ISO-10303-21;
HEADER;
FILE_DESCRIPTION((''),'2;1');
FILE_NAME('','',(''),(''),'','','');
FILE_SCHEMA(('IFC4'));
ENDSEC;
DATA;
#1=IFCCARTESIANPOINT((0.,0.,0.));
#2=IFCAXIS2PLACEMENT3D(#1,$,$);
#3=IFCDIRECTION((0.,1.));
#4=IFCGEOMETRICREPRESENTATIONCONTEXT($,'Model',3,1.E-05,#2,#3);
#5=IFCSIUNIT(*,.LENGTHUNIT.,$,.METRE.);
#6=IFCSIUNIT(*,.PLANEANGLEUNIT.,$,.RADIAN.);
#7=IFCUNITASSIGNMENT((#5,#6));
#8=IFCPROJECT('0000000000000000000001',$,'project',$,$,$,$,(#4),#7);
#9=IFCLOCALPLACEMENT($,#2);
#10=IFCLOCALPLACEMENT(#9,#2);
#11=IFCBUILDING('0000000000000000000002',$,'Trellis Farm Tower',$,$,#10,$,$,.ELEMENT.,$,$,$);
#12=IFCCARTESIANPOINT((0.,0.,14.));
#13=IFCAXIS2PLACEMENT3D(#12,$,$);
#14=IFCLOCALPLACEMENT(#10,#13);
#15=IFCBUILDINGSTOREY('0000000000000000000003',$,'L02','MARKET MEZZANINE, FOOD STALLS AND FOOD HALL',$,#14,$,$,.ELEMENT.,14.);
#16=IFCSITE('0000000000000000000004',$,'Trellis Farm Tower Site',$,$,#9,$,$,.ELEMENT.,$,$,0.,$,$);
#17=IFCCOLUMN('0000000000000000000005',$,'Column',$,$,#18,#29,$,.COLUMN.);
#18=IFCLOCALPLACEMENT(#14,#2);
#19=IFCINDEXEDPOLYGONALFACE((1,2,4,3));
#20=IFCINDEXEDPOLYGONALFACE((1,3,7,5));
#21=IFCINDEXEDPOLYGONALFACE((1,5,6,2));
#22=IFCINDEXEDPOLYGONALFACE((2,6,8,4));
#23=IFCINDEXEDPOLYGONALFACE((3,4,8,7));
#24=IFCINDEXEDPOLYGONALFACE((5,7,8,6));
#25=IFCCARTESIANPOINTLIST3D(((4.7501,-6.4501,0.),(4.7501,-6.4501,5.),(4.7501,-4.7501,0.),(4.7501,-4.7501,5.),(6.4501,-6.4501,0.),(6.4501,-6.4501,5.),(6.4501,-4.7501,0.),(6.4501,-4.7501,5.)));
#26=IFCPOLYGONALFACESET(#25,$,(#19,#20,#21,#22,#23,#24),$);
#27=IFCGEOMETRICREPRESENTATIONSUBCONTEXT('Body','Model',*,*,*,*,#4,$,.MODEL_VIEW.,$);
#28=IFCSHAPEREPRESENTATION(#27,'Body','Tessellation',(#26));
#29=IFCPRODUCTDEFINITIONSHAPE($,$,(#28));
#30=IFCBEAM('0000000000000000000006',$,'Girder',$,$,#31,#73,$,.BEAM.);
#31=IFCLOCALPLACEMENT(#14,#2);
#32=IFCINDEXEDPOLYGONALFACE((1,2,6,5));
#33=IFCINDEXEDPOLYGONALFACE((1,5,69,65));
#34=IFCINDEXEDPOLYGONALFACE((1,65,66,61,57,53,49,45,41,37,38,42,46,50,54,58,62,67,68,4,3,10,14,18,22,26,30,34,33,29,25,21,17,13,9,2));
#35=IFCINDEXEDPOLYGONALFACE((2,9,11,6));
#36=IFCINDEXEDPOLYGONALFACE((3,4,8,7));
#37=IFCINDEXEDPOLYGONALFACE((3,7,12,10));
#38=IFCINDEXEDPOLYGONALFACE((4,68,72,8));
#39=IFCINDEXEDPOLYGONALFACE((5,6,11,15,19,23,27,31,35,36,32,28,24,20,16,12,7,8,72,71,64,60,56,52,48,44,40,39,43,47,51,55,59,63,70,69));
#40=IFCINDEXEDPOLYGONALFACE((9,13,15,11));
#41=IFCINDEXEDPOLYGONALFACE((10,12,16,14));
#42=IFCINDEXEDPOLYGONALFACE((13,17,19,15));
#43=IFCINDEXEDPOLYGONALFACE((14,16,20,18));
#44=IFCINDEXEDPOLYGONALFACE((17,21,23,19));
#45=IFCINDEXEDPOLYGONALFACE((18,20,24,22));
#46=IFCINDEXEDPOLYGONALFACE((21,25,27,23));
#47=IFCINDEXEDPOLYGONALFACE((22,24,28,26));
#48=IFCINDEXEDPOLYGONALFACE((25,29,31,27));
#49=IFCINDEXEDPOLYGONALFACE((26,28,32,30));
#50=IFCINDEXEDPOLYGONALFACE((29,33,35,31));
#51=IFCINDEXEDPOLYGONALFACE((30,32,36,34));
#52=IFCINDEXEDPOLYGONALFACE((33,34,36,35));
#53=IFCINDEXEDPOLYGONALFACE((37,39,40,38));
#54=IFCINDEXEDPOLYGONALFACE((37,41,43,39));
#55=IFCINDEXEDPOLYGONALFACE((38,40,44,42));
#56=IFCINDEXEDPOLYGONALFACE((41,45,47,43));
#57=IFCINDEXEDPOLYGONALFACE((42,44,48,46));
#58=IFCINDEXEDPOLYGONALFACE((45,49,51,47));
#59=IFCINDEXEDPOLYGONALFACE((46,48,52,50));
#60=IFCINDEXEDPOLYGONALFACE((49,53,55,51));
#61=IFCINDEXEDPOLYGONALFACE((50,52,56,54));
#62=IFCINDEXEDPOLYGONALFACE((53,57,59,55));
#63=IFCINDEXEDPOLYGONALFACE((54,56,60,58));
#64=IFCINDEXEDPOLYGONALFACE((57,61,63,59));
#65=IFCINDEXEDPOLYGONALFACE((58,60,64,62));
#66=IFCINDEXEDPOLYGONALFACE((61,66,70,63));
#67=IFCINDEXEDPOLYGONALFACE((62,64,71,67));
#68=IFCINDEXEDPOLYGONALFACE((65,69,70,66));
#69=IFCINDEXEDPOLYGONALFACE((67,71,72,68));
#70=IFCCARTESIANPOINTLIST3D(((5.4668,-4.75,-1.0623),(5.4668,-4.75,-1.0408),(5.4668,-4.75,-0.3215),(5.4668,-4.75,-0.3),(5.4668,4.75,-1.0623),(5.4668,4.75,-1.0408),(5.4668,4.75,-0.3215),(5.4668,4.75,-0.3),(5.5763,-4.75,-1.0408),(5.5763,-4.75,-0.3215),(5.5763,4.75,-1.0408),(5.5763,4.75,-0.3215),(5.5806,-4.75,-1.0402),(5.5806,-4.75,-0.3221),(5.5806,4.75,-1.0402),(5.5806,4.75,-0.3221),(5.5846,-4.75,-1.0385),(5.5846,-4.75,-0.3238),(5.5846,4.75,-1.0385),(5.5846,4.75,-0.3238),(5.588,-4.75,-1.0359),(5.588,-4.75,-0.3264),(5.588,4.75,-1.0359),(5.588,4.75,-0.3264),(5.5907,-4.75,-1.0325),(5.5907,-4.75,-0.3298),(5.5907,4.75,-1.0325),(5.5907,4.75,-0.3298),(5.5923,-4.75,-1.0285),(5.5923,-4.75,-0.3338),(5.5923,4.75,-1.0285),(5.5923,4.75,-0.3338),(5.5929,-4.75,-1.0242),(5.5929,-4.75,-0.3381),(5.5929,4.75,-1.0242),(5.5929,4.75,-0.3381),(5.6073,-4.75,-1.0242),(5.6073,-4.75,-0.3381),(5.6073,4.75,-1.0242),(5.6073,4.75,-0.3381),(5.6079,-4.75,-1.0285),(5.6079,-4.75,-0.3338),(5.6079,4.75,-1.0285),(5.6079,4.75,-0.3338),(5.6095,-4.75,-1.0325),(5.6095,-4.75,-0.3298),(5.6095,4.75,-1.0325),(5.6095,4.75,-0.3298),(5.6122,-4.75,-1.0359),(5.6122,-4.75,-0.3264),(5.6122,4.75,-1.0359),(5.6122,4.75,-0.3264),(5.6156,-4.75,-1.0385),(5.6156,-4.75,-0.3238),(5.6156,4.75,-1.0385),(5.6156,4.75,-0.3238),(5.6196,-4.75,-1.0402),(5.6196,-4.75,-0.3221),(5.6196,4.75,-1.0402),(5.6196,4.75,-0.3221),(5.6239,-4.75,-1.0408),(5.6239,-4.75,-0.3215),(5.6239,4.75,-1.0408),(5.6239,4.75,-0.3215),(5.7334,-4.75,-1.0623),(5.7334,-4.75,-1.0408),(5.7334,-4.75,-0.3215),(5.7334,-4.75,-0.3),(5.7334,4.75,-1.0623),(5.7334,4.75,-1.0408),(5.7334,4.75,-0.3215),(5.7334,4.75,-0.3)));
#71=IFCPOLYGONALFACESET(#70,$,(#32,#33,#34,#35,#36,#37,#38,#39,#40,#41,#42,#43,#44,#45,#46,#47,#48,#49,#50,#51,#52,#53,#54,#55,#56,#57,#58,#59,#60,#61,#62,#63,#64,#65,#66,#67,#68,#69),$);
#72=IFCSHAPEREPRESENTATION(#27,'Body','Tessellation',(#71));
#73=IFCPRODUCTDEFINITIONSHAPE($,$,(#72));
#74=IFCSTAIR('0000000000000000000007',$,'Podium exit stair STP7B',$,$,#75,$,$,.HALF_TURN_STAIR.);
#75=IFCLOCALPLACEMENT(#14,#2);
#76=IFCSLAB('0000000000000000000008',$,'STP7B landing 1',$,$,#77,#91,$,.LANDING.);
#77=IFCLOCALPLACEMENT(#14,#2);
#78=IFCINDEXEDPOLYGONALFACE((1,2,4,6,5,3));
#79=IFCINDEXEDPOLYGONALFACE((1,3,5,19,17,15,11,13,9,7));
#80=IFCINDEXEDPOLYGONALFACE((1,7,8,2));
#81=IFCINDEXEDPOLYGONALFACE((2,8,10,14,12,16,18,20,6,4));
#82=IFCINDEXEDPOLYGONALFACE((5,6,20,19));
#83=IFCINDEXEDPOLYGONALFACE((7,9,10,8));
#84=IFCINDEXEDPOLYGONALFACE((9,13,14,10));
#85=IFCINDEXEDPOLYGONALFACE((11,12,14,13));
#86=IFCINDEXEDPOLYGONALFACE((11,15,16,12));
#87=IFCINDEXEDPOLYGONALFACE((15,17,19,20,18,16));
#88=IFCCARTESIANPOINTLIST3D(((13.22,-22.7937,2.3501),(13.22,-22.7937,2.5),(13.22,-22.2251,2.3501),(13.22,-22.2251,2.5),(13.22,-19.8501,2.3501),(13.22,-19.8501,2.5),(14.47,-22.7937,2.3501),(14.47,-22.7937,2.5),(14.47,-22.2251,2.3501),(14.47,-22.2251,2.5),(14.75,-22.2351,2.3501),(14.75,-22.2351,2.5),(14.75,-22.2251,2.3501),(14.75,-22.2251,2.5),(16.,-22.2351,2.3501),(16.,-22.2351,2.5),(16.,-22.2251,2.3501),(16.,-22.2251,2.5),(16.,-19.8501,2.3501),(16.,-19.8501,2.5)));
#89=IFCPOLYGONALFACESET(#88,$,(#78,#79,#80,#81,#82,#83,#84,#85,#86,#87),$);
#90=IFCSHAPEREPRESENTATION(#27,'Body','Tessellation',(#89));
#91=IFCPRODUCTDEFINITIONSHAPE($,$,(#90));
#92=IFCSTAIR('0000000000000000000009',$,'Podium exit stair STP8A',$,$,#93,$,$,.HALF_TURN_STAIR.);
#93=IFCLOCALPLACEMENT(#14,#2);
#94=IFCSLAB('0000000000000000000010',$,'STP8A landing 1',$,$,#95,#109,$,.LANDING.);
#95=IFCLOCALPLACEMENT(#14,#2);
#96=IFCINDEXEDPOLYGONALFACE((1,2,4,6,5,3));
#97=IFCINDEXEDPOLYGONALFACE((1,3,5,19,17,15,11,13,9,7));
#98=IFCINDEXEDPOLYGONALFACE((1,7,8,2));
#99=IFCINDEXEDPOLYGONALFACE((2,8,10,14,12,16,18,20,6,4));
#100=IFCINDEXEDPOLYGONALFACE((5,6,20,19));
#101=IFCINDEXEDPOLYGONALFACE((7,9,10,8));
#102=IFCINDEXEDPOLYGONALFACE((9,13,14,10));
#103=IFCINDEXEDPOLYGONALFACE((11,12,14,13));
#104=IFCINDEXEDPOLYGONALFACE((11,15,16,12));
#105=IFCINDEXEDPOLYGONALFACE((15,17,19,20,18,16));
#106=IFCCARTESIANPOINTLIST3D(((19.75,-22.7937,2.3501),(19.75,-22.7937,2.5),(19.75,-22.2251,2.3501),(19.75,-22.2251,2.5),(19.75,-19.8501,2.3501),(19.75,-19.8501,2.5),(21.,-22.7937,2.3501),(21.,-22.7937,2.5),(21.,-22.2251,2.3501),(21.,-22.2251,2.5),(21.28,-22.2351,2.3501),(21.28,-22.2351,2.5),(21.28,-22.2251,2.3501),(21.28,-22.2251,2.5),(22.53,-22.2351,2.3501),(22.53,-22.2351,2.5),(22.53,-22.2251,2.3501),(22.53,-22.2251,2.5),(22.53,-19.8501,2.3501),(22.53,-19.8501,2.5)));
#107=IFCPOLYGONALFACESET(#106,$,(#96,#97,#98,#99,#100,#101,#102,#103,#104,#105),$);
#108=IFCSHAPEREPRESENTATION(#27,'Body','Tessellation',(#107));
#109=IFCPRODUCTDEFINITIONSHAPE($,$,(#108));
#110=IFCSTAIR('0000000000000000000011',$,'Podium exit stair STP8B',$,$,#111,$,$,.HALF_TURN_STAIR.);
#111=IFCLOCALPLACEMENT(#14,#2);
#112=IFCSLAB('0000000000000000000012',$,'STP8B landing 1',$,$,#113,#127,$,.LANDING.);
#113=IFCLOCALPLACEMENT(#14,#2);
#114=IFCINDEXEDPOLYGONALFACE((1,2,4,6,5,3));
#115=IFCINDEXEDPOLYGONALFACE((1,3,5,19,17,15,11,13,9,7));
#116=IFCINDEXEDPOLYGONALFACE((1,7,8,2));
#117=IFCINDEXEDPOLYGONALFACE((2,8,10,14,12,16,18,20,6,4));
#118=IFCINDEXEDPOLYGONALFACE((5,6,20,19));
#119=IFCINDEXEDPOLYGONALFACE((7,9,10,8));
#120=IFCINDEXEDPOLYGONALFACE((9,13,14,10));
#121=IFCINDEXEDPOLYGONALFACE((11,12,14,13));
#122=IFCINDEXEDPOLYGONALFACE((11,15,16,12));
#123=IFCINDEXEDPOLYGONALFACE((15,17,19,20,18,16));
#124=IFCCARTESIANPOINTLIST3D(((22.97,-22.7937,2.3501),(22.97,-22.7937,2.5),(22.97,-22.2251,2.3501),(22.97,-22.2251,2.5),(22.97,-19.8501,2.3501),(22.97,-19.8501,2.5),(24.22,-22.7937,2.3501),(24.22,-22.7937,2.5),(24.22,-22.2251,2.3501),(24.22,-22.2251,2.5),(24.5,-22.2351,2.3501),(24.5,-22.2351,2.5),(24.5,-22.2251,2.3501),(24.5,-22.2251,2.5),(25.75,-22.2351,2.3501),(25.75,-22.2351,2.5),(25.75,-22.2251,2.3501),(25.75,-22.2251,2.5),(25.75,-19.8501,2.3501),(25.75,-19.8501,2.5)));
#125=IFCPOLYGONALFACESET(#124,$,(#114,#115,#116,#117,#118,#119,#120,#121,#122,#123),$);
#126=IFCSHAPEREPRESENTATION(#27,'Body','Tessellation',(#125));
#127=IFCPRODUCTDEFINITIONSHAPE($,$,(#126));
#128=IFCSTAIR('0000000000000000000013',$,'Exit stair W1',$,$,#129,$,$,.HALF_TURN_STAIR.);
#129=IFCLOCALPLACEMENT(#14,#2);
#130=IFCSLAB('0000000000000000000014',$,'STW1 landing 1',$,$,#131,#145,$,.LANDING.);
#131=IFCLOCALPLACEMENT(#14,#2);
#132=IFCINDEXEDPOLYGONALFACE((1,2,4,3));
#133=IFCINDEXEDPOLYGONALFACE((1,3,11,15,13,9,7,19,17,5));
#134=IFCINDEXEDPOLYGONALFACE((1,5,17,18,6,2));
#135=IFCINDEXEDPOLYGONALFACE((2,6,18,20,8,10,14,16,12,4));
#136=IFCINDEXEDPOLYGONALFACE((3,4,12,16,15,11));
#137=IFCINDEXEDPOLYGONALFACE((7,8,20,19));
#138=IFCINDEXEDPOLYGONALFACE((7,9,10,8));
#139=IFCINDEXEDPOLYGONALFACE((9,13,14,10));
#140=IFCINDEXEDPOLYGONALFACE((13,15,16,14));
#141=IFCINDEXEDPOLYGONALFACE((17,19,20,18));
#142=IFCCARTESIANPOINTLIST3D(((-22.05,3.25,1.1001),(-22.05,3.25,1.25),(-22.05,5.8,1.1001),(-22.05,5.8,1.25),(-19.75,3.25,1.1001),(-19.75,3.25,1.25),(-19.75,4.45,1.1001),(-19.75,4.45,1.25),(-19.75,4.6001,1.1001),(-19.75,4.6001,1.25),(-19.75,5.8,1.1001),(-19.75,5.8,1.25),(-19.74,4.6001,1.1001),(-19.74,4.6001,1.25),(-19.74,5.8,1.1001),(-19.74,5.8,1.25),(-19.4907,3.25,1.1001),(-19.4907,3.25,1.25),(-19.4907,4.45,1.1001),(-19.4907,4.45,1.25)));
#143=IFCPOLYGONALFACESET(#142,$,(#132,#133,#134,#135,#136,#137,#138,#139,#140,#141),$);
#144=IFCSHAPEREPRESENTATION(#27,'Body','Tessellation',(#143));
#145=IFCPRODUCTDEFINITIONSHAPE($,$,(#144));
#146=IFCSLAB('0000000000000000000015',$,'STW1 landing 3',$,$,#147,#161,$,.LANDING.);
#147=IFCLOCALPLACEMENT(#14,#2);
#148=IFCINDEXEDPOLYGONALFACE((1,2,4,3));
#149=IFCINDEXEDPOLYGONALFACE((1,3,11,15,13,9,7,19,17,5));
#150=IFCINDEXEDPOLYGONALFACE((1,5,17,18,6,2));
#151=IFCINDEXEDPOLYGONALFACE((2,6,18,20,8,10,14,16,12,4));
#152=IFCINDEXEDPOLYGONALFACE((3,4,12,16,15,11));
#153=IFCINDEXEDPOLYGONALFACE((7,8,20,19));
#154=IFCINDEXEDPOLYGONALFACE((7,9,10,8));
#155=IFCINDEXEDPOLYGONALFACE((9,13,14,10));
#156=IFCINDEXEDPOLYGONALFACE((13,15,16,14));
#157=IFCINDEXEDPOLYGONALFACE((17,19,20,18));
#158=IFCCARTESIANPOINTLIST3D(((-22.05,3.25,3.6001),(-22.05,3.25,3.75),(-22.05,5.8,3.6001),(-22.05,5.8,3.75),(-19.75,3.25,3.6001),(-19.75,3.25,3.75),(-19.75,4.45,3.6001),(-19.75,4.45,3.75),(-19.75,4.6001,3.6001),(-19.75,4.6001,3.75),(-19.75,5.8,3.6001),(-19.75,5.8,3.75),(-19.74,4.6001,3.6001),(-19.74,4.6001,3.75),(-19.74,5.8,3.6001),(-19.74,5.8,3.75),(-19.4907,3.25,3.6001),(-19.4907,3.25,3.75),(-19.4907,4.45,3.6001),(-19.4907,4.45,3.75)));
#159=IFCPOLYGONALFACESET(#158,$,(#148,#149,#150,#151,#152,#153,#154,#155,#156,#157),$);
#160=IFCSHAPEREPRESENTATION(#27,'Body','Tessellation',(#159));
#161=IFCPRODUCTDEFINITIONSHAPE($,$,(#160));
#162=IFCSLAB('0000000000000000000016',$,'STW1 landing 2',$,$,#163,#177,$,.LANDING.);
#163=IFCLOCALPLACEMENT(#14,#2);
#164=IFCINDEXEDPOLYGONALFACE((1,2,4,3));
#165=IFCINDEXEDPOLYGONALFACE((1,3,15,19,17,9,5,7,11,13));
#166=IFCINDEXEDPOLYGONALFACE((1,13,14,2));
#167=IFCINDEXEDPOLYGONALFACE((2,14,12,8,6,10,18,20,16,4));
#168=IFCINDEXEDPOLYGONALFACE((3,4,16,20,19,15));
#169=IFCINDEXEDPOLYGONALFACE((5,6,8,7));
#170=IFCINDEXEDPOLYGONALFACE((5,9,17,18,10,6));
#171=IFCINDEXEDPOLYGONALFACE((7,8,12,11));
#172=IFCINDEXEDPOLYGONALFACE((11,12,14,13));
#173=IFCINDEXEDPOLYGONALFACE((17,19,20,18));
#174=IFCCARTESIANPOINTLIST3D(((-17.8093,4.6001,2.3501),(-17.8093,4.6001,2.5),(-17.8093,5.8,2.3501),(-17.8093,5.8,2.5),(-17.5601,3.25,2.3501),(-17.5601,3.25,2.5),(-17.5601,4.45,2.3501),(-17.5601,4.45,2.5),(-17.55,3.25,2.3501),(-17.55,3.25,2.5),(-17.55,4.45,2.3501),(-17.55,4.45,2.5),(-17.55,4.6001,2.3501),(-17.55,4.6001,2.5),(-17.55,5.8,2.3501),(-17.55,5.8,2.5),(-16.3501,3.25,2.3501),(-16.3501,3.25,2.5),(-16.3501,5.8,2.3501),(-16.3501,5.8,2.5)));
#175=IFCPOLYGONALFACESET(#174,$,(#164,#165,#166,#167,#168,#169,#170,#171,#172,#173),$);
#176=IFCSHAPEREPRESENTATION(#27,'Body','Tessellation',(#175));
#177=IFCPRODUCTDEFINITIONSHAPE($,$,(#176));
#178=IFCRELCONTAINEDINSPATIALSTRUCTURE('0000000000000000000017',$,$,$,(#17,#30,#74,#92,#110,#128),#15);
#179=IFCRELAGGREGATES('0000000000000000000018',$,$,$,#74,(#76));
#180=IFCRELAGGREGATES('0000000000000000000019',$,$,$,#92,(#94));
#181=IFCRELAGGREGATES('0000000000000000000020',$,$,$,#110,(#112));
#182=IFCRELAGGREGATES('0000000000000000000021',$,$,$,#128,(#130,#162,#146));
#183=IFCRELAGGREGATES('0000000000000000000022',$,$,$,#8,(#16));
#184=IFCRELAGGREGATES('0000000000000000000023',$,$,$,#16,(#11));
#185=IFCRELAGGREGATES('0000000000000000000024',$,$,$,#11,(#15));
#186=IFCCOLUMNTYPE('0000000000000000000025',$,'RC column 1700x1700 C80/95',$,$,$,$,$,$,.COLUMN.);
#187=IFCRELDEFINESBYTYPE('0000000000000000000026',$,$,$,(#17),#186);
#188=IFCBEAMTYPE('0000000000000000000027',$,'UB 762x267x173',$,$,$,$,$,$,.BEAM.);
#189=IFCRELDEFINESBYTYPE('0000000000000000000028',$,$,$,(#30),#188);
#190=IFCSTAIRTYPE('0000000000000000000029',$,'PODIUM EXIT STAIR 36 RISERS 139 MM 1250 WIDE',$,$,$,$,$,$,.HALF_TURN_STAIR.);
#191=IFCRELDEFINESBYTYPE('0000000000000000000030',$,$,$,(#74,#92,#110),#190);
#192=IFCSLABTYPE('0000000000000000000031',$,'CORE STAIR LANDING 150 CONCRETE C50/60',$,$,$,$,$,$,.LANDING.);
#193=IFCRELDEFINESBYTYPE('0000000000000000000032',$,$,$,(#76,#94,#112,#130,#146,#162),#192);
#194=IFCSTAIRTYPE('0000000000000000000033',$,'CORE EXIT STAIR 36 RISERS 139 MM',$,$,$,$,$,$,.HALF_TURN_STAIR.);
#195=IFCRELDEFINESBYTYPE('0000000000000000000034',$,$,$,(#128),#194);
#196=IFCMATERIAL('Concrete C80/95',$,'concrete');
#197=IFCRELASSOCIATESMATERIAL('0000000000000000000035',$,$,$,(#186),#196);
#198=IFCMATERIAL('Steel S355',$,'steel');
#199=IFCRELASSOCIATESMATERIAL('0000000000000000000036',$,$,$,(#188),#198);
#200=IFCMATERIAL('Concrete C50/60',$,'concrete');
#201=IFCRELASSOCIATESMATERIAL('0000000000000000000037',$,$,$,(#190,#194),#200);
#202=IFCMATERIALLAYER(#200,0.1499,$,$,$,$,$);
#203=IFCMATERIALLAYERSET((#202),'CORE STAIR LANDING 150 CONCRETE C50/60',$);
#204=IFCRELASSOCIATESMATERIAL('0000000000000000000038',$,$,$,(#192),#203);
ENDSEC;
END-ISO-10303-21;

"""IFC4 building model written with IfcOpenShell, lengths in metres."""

from ifc_helpers import new_model, si_unit, direction, frame, origin, origin_2d, place, context, subcontext, project, spatial, polyline, rectangle, i_section, outline, extrude, source, transform, mapped, material, layer, layer_set, material_profile, profile_set, type_object, element, aggregate, save


model = new_model("IFC4")

# Units and contexts
model_context = context("Model", 3, precision=1e-05, world=origin(), true_north=direction((0.0, 1.0)))
body_context = subcontext(model_context, "Body", "Model", "MODEL_VIEW")
ifc_project = project(units=[si_unit("LENGTHUNIT", "METRE"), si_unit("PLANEANGLEUNIT", "RADIAN")], contexts=[model_context])

# Site, building, storey
site_placement = place(None, origin())
site = spatial("IfcSite", under=ifc_project, at=site_placement, Name="Trellis Farm Tower Site", CompositionType="ELEMENT", RefElevation=0.0)
building_placement = place(site_placement, origin())
building = spatial("IfcBuilding", under=site, at=building_placement, Name="Trellis Farm Tower", CompositionType="ELEMENT")
storey_placement = place(building_placement, frame((0.0, 0.0, 14.0)))
storey = spatial("IfcBuildingStorey", under=building, at=storey_placement, Name="L02", Description="MARKET MEZZANINE, FOOD STALLS AND FOOD HALL", CompositionType="ELEMENT", Elevation=14.0)

# Column
ifc_material_1 = material(Name="Concrete C80/95", Category="concrete")
ifc_material_profile_1 = material_profile(ifc_material_1, rectangle(XDim=1.7, YDim=1.7, at=origin_2d()), Name="RC column 1700x1700 C80/95")
ifc_profile_set_1 = profile_set([ifc_material_profile_1], Name="Concrete C80/95")
column_type = type_object("IfcColumnType", Name="RC column 1700x1700 C80/95", PredefinedType="COLUMN", material=ifc_profile_set_1)
shared_shape_1 = source(origin(), body_context, "Body", "SweptSolid", [
    extrude(rectangle(XDim=1.7, YDim=1.7, at=origin_2d()), origin(), (0.0, 0.0, 1.0), 5.0),
])
column_placement = place(storey_placement, frame((5.6001, -5.6001, 0.0), z_axis=(0.0, 0.0, 1.0), x_axis=(1.0, 0.0, 0.0)))
element("IfcColumn", 1, at=column_placement, inside=storey, type_object=column_type, Name="Column", PredefinedType="COLUMN", context=body_context, shape_type="MappedRepresentation", body=[
    mapped(shared_shape_1, transform((0.0, 0.0, 0.0))),
])

# Beam
ifc_material_2 = material(Name="Steel S355", Category="steel")
ifc_material_profile_2 = material_profile(ifc_material_2, i_section(OverallWidth=0.2666, OverallDepth=0.7622, WebThickness=0.0144, FlangeThickness=0.0215, FilletRadius=0.0166, at=origin_2d()), Name="UB 762x267x173")
ifc_profile_set_2 = profile_set([ifc_material_profile_2], Name="Steel S355")
beam_type = type_object("IfcBeamType", Name="UB 762x267x173", PredefinedType="BEAM", material=ifc_profile_set_2)
shared_shape_2 = source(origin(), body_context, "Body", "SweptSolid", [
    extrude(i_section(OverallWidth=0.2666, OverallDepth=0.7622, WebThickness=0.0144, FlangeThickness=0.0215, FilletRadius=0.0166, at=origin_2d()), origin(), (0.0, 0.0, 1.0), 9.5),
])
beam_placement = place(storey_placement, frame((5.6001, -4.75, -0.6812), z_axis=(0.0, 1.0, 0.0), x_axis=(-1.0, 0.0, 0.0)))
element("IfcBeam", 2, at=beam_placement, inside=storey, type_object=beam_type, Name="Girder", PredefinedType="BEAM", context=body_context, shape_type="MappedRepresentation", body=[
    mapped(shared_shape_2, transform((0.0, 0.0, 0.0))),
])

# Stairs, slabs
ifc_material_3 = material(Name="Concrete C50/60", Category="concrete")
stair_type_1 = type_object("IfcStairType", Name="PODIUM EXIT STAIR 36 RISERS 139 MM 1250 WIDE", PredefinedType="HALF_TURN_STAIR", material=ifc_material_3)
placement_1 = place(storey_placement, origin())
stair_1 = element("IfcStair", 3, at=placement_1, inside=storey, type_object=stair_type_1, Name="Podium exit stair STP7B", PredefinedType="HALF_TURN_STAIR")
ifc_layer_1 = layer(ifc_material_3, 0.1499)
ifc_layer_set_1 = layer_set([ifc_layer_1], Name="CORE STAIR LANDING 150 CONCRETE C50/60")
slab_type = type_object("IfcSlabType", Name="CORE STAIR LANDING 150 CONCRETE C50/60", PredefinedType="LANDING", material=ifc_layer_set_1)
shared_shape_3 = source(origin(), body_context, "Body", "SweptSolid", [
    extrude(outline(polyline([(14.47, -22.7937), (13.22, -22.7937), (13.22, -22.2251), (13.22, -19.8501), (16.0, -19.8501), (16.0, -22.2251), (16.0, -22.2351), (14.75, -22.2351), (14.75, -22.2251), (14.47, -22.2251), (14.47, -22.7937)])), origin(), (0.0, 0.0, 1.0), 0.1499),
])
placement_2 = place(storey_placement, frame((0.0, 0.0, 2.3501)))
slab_1 = element("IfcSlab", 4, at=placement_2, type_object=slab_type, Name="STP7B landing 1", PredefinedType="LANDING", context=body_context, shape_type="MappedRepresentation", body=[
    mapped(shared_shape_3, transform((0.0, 0.0, 0.0))),
])
aggregate(stair_1, [slab_1])
stair_2 = element("IfcStair", 5, at=placement_1, inside=storey, type_object=stair_type_1, Name="Podium exit stair STP8A", PredefinedType="HALF_TURN_STAIR")
shared_shape_4 = source(origin(), body_context, "Body", "SweptSolid", [
    extrude(outline(polyline([(21.0, -22.7937), (19.75, -22.7937), (19.75, -22.2251), (19.75, -19.8501), (22.53, -19.8501), (22.53, -22.2251), (22.53, -22.2351), (21.28, -22.2351), (21.28, -22.2251), (21.0, -22.2251), (21.0, -22.7937)])), origin(), (0.0, 0.0, 1.0), 0.1499),
])
slab_2 = element("IfcSlab", 6, at=placement_2, type_object=slab_type, Name="STP8A landing 1", PredefinedType="LANDING", context=body_context, shape_type="MappedRepresentation", body=[
    mapped(shared_shape_4, transform((0.0, 0.0, 0.0))),
])
aggregate(stair_2, [slab_2])
stair_3 = element("IfcStair", 7, at=placement_1, inside=storey, type_object=stair_type_1, Name="Podium exit stair STP8B", PredefinedType="HALF_TURN_STAIR")
shared_shape_5 = source(origin(), body_context, "Body", "SweptSolid", [
    extrude(outline(polyline([(24.22, -22.7937), (22.97, -22.7937), (22.97, -22.2251), (22.97, -19.8501), (25.75, -19.8501), (25.75, -22.2251), (25.75, -22.2351), (24.5, -22.2351), (24.5, -22.2251), (24.22, -22.2251), (24.22, -22.7937)])), origin(), (0.0, 0.0, 1.0), 0.1499),
])
slab_3 = element("IfcSlab", 8, at=placement_2, type_object=slab_type, Name="STP8B landing 1", PredefinedType="LANDING", context=body_context, shape_type="MappedRepresentation", body=[
    mapped(shared_shape_5, transform((0.0, 0.0, 0.0))),
])
aggregate(stair_3, [slab_3])

# Stair, slabs
stair_type_2 = type_object("IfcStairType", Name="CORE EXIT STAIR 36 RISERS 139 MM", PredefinedType="HALF_TURN_STAIR", material=ifc_material_3)
stair_4 = element("IfcStair", 9, at=placement_1, inside=storey, type_object=stair_type_2, Name="Exit stair W1", PredefinedType="HALF_TURN_STAIR")
shared_shape_6 = source(origin(), body_context, "Body", "SweptSolid", [
    extrude(outline(polyline([(-19.4907, 4.45), (-19.4907, 3.25), (-19.75, 3.25), (-22.05, 3.25), (-22.05, 5.8), (-19.75, 5.8), (-19.74, 5.8), (-19.74, 4.6001), (-19.75, 4.6001), (-19.75, 4.45), (-19.4907, 4.45)])), origin(), (0.0, 0.0, 1.0), 0.1499),
])
placement_3 = place(storey_placement, frame((0.0, 0.0, 1.1001)))
slab_4 = element("IfcSlab", 10, at=placement_3, type_object=slab_type, Name="STW1 landing 1", PredefinedType="LANDING", context=body_context, shape_type="MappedRepresentation", body=[
    mapped(shared_shape_6, transform((0.0, 0.0, 0.0))),
])
placement_4 = place(storey_placement, frame((0.0, 0.0, 3.6001)))
slab_5 = element("IfcSlab", 11, at=placement_4, type_object=slab_type, Name="STW1 landing 3", PredefinedType="LANDING", context=body_context, shape_type="MappedRepresentation", body=[
    mapped(shared_shape_6, transform((0.0, 0.0, 0.0))),
])
shared_shape_7 = source(origin(), body_context, "Body", "SweptSolid", [
    extrude(outline(polyline([(-17.5601, 3.25), (-17.5601, 4.45), (-17.55, 4.45), (-17.55, 4.6001), (-17.8093, 4.6001), (-17.8093, 5.8), (-17.55, 5.8), (-16.3501, 5.8), (-16.3501, 3.25), (-17.55, 3.25), (-17.5601, 3.25)])), origin(), (0.0, 0.0, 1.0), 0.1499),
])
slab_6 = element("IfcSlab", 12, at=placement_2, type_object=slab_type, Name="STW1 landing 2", PredefinedType="LANDING", context=body_context, shape_type="MappedRepresentation", body=[
    mapped(shared_shape_7, transform((0.0, 0.0, 0.0))),
])
aggregate(stair_4, [slab_4, slab_6, slab_5])

save(model, "model.ifc")
